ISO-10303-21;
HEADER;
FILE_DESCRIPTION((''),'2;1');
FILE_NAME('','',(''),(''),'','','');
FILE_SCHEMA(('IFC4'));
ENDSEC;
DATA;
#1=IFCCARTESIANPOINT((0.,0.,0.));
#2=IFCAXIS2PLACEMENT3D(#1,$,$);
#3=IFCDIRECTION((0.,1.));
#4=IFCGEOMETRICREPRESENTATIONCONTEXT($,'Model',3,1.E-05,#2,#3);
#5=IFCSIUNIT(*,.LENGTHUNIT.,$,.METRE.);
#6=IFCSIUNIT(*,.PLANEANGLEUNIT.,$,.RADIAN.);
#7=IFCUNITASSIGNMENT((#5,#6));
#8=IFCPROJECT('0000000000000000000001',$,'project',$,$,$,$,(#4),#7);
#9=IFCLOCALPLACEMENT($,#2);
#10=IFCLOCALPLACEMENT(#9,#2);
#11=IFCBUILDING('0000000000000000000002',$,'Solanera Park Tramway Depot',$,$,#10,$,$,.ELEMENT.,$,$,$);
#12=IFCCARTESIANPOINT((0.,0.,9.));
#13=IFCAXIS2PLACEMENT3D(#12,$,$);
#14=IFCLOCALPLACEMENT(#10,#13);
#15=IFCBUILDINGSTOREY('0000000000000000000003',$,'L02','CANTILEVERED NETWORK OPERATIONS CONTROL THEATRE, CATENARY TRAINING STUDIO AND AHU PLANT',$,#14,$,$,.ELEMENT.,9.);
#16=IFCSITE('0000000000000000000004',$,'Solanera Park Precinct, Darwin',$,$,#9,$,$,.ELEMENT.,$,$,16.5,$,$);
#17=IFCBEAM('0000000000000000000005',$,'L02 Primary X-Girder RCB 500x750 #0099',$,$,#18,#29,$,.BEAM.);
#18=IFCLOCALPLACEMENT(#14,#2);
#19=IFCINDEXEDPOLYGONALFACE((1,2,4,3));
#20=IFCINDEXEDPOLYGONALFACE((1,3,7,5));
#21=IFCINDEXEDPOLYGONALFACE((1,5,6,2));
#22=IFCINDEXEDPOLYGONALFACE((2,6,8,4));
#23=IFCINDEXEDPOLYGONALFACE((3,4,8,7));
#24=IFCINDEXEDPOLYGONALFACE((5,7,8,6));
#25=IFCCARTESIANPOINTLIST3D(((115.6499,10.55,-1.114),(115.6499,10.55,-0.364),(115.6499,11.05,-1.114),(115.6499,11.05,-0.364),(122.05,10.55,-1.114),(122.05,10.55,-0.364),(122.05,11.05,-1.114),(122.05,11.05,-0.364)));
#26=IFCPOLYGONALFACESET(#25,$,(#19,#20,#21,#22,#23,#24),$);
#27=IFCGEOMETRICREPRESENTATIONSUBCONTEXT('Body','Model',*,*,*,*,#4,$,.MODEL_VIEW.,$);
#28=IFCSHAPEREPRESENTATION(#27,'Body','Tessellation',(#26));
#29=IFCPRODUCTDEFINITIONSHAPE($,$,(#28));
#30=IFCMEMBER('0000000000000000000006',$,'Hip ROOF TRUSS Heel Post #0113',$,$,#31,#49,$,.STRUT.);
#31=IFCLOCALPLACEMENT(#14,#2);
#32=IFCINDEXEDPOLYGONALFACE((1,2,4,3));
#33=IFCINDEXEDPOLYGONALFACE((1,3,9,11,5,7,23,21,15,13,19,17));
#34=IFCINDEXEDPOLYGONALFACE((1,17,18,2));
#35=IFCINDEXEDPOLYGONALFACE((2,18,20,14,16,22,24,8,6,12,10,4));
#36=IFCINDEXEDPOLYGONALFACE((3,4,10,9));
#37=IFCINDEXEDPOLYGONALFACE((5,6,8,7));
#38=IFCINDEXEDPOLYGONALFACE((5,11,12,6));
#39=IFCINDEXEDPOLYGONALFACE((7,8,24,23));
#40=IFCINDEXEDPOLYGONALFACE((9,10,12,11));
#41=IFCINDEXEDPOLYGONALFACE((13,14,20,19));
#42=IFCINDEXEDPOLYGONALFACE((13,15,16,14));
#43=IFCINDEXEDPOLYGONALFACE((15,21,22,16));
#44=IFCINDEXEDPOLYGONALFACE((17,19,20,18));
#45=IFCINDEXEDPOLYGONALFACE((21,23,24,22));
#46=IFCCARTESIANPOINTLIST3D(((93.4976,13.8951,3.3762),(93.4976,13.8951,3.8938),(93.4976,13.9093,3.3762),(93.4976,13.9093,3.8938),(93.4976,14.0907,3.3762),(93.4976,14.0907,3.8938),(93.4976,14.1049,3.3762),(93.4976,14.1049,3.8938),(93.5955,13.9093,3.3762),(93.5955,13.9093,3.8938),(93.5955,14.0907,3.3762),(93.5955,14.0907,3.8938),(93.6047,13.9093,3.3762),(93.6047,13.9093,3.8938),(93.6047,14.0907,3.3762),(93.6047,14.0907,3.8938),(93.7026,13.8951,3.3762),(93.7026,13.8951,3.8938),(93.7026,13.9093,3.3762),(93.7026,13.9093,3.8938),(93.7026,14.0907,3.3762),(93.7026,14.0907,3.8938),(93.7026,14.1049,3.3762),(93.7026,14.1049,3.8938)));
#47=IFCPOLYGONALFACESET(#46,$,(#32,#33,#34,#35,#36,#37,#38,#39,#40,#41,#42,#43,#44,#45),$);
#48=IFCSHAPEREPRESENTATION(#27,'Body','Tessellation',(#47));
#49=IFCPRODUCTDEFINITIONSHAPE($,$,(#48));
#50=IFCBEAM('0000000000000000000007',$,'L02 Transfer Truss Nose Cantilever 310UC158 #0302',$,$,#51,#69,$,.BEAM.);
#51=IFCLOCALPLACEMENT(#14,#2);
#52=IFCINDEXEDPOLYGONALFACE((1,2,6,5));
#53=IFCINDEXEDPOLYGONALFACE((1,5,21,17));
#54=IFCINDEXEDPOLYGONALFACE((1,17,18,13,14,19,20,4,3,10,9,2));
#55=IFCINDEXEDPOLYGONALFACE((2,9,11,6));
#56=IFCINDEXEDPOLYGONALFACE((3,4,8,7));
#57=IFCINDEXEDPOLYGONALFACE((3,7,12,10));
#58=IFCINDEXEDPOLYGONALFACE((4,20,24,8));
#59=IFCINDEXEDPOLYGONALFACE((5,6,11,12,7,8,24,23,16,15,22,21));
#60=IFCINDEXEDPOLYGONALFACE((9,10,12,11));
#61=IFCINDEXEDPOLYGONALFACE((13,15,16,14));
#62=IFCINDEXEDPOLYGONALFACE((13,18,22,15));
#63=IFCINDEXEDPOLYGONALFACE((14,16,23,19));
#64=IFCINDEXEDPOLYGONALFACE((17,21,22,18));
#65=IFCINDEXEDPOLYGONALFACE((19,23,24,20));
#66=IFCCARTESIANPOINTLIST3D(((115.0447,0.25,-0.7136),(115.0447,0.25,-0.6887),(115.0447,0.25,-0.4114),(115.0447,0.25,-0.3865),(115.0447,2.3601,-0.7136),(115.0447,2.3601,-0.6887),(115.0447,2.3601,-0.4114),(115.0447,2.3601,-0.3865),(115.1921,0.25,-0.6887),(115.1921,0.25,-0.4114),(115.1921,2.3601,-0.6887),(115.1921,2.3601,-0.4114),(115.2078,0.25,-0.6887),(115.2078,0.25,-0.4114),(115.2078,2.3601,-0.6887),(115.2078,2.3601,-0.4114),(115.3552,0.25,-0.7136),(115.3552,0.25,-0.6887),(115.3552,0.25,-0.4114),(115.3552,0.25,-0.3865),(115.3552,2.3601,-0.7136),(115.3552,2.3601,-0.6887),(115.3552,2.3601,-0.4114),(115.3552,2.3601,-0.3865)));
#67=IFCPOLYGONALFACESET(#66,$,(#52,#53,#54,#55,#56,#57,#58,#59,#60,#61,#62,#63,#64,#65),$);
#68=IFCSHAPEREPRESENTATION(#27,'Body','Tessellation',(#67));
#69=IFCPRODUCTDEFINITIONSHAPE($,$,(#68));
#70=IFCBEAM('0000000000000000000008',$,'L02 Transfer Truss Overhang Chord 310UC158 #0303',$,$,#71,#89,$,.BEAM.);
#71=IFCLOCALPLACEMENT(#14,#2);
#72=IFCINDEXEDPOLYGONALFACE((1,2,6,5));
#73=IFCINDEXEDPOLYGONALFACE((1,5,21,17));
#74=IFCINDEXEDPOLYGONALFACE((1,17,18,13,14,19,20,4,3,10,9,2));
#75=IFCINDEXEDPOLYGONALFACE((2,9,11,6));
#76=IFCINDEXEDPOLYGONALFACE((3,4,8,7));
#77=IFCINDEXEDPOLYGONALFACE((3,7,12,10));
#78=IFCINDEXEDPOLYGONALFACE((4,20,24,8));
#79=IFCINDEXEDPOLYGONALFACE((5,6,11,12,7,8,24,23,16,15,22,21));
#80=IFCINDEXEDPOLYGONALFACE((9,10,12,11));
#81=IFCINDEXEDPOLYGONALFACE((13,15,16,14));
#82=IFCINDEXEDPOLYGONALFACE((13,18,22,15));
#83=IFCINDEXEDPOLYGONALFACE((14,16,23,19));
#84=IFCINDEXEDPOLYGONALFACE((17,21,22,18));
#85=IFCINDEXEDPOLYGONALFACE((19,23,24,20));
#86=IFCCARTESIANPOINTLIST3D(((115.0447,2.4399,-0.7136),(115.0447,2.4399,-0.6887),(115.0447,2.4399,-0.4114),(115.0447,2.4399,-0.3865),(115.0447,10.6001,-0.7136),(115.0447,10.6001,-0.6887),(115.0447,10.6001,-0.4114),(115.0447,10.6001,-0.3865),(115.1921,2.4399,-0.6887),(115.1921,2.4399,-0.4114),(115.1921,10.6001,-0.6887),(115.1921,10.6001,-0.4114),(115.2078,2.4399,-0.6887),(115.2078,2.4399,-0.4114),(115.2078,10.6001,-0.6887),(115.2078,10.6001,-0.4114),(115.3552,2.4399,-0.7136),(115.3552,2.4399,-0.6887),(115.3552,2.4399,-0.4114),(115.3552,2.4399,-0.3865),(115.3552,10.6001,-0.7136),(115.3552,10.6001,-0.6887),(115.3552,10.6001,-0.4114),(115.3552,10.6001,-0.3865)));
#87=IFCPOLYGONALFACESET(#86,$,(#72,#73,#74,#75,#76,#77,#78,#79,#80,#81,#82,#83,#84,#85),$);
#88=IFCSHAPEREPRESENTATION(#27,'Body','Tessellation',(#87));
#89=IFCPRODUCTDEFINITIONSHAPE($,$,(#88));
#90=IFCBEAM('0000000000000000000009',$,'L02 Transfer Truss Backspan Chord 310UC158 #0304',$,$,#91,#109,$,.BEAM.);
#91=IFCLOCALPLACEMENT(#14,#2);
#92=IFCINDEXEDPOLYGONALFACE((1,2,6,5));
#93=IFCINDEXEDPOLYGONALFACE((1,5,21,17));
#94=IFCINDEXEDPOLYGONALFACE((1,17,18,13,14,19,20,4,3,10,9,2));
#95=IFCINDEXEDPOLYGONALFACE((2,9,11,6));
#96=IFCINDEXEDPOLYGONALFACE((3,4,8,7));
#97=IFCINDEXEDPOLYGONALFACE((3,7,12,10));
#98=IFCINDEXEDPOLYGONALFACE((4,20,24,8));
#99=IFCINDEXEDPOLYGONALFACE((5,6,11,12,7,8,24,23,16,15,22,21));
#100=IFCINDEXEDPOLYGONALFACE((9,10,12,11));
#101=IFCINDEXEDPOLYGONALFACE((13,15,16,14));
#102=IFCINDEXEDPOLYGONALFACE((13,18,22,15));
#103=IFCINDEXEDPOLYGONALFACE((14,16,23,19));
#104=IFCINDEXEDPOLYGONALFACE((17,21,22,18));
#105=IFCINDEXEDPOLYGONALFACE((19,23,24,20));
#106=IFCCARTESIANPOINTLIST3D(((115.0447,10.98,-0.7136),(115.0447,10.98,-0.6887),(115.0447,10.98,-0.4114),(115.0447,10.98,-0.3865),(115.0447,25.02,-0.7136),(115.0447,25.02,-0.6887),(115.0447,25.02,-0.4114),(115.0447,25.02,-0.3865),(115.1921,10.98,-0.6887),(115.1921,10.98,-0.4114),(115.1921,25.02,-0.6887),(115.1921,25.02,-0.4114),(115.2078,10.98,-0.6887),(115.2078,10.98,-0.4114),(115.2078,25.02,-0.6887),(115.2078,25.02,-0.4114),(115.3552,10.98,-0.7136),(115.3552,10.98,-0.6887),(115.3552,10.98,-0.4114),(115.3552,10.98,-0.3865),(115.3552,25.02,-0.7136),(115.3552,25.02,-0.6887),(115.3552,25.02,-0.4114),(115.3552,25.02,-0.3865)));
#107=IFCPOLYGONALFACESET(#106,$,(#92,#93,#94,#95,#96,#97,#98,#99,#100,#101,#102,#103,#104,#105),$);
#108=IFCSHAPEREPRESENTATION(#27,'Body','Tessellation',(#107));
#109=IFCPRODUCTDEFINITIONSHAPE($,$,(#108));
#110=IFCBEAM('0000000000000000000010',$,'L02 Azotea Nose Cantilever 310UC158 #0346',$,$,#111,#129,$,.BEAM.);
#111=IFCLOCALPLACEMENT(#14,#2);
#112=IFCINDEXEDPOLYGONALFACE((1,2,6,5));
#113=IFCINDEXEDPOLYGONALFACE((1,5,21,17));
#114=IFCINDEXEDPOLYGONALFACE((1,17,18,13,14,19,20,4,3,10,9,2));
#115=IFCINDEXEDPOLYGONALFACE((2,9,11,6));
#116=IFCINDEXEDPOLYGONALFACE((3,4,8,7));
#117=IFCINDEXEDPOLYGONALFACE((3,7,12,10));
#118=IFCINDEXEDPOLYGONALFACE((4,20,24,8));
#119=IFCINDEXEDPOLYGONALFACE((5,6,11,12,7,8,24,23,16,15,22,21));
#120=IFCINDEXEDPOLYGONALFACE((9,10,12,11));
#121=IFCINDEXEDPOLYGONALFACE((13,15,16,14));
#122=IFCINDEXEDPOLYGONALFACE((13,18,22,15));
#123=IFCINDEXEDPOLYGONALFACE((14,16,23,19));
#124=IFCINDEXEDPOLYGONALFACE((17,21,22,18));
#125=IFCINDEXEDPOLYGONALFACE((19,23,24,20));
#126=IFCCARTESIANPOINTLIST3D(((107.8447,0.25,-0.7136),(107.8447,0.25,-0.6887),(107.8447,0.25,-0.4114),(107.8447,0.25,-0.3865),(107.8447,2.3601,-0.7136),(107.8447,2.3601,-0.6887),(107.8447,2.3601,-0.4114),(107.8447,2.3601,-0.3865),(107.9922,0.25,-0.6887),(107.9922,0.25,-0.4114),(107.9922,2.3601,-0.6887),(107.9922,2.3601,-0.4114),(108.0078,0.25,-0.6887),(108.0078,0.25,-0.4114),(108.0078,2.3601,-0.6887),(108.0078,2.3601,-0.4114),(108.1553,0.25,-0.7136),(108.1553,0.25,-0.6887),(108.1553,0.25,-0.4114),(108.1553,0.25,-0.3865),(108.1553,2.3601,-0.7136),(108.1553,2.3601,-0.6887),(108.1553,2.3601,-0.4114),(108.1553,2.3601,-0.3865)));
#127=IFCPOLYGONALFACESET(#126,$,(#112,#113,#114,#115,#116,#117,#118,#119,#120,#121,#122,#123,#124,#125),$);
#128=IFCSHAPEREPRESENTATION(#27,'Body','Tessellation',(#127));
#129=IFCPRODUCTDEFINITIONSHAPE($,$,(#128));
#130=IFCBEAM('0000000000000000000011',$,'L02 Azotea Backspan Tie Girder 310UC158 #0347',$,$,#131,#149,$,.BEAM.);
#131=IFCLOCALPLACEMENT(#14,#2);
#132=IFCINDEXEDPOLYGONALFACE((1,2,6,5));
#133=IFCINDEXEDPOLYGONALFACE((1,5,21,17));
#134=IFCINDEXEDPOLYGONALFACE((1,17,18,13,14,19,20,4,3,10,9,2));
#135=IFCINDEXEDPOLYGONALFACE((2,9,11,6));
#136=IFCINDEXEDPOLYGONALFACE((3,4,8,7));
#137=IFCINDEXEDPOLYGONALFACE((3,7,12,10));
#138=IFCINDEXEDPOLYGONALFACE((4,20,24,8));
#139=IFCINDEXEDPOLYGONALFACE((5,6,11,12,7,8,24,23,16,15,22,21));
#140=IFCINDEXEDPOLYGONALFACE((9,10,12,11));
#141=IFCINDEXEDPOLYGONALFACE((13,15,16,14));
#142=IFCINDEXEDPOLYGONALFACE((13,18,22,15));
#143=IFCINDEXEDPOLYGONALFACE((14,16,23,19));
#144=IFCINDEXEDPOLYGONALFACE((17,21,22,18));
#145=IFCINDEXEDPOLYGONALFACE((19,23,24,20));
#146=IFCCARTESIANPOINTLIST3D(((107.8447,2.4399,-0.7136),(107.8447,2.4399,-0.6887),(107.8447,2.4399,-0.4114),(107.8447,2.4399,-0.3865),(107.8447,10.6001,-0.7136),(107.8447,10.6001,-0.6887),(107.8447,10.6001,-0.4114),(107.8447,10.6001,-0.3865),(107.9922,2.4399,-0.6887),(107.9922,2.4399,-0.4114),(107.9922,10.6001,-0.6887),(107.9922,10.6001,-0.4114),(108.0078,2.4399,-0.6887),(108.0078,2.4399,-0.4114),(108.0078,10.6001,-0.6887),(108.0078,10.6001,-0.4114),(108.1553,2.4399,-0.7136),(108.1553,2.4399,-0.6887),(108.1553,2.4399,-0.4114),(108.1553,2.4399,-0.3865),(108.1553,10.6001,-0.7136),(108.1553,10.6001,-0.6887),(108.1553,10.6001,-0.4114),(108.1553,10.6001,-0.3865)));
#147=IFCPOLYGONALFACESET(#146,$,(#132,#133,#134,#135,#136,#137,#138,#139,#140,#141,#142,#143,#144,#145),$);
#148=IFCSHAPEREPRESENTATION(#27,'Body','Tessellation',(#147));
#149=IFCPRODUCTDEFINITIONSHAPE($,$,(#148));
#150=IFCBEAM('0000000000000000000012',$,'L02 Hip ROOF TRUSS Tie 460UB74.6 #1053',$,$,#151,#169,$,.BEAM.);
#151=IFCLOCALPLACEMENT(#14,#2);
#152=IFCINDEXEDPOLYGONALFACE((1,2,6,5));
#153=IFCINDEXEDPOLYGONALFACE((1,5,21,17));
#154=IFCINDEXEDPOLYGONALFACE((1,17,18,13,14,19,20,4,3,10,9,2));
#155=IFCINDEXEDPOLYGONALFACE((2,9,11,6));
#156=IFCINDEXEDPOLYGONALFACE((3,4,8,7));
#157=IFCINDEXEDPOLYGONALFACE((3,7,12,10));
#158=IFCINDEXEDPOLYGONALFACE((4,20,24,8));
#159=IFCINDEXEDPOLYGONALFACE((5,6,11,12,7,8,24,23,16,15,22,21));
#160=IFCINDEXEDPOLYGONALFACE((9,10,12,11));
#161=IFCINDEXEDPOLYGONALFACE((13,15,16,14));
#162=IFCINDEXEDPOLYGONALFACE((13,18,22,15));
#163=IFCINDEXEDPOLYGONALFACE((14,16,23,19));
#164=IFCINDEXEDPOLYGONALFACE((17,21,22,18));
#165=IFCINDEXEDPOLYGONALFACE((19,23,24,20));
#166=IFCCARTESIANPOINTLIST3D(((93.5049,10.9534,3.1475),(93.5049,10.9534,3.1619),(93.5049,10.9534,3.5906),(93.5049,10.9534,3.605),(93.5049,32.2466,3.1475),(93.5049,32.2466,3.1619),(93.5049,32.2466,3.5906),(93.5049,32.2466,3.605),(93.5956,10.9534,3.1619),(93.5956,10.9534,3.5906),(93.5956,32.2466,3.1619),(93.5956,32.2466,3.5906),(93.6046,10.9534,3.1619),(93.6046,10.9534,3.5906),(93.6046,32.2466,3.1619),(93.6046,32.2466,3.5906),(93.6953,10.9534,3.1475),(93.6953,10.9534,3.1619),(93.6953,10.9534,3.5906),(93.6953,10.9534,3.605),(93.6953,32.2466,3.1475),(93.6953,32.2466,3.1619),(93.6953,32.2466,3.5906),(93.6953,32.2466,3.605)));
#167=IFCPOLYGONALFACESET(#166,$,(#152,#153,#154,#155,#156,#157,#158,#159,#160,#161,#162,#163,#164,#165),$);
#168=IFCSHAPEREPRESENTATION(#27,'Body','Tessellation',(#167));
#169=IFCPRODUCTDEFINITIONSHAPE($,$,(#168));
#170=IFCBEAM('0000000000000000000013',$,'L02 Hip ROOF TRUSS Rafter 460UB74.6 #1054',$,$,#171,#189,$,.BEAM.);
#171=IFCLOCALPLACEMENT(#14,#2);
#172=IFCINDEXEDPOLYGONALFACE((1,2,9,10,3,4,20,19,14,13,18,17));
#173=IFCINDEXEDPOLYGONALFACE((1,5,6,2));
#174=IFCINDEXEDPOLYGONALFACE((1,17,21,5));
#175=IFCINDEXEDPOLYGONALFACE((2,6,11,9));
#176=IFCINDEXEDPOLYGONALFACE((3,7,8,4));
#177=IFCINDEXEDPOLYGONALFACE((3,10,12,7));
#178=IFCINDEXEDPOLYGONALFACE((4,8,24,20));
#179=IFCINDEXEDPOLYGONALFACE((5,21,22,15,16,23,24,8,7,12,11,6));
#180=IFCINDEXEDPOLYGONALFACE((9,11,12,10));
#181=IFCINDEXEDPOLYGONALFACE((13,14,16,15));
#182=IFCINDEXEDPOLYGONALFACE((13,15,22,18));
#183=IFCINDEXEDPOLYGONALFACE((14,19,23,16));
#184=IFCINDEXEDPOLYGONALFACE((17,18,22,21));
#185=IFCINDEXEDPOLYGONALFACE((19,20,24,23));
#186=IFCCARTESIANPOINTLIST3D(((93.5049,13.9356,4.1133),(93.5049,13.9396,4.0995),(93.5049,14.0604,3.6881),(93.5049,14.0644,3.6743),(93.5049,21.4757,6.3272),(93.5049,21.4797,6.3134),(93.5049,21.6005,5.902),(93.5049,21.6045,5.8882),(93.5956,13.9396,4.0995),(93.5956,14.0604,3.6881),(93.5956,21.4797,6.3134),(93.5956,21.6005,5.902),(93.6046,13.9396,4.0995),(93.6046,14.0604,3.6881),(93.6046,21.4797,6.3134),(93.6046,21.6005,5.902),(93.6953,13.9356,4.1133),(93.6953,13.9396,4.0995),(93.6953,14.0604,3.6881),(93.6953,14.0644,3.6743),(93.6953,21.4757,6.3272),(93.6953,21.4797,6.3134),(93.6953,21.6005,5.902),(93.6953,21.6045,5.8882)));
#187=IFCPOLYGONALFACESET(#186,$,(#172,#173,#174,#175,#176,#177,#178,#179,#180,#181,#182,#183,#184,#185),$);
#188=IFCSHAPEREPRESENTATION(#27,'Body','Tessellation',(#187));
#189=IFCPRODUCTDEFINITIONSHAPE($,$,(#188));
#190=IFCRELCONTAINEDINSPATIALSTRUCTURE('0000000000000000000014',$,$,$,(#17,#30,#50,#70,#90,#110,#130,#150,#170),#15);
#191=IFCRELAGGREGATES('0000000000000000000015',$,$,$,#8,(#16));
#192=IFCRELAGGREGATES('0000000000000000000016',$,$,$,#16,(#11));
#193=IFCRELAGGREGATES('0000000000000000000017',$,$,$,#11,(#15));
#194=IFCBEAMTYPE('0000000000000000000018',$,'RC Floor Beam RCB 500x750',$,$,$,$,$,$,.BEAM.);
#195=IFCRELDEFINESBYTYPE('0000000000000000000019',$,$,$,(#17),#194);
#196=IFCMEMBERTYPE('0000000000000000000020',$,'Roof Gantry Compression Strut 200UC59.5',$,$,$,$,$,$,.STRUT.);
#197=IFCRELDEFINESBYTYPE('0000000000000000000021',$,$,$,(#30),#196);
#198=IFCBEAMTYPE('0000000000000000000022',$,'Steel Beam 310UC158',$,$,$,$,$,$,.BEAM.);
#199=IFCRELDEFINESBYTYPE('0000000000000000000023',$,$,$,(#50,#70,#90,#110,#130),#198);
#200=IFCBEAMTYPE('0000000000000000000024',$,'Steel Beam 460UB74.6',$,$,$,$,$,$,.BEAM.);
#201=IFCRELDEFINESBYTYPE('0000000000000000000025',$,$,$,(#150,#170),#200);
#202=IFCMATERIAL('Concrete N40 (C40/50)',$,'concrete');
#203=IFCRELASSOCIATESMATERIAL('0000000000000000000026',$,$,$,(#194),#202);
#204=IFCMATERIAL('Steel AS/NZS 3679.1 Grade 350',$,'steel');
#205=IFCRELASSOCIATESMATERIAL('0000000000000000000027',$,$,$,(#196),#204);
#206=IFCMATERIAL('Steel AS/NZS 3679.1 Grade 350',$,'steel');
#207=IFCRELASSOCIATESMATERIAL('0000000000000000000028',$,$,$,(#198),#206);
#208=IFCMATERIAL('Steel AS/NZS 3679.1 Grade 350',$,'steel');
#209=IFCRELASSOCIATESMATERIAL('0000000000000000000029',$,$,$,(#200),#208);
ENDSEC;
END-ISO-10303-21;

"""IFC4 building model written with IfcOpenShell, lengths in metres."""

from ifc_helpers import new_model, si_unit, direction, frame, origin, origin_2d, place, context, subcontext, project, spatial, rectangle, i_section, extrude, material, material_profile, profile_set, type_object, element, save


model = new_model("IFC4")

# Units and contexts
model_context = context("Model", 3, precision=1e-05, world=origin(), true_north=direction((0.0, 1.0)))
body_context = subcontext(model_context, "Body", "Model", "MODEL_VIEW")
ifc_project = project(units=[si_unit("LENGTHUNIT", "METRE"), si_unit("PLANEANGLEUNIT", "RADIAN")], contexts=[model_context])

# Site, building, storey
site_placement = place(None, origin())
site = spatial("IfcSite", under=ifc_project, at=site_placement, Name="Solanera Park Precinct, Darwin", CompositionType="ELEMENT", RefElevation=16.5)
building_placement = place(site_placement, origin())
building = spatial("IfcBuilding", under=site, at=building_placement, Name="Solanera Park Tramway Depot", CompositionType="ELEMENT")
storey_placement = place(building_placement, frame((0.0, 0.0, 9.0)))
storey = spatial("IfcBuildingStorey", under=building, at=storey_placement, Name="L02", Description="CANTILEVERED NETWORK OPERATIONS CONTROL THEATRE, CATENARY TRAINING STUDIO AND AHU PLANT", CompositionType="ELEMENT", Elevation=9.0)

# Beam
ifc_material_1 = material(Name="Concrete N40 (C40/50)", Category="concrete")
ifc_material_profile_1 = material_profile(ifc_material_1, rectangle(XDim=0.5, YDim=0.75, at=origin_2d()), Name="RCB 500x750")
ifc_profile_set_1 = profile_set([ifc_material_profile_1], Name="Concrete N40 (C40/50)")
beam_type_1 = type_object("IfcBeamType", Name="RC Floor Beam RCB 500x750", PredefinedType="BEAM", material=ifc_profile_set_1)
beam_1_placement = place(storey_placement, frame((115.6499, 10.8, -0.739), z_axis=(1.0, 0.0, 0.0), x_axis=(0.0, 1.0, 0.0)))
element("IfcBeam", 1, at=beam_1_placement, inside=storey, type_object=beam_type_1, Name="L02 Primary X-Girder RCB 500x750 #0099", PredefinedType="BEAM", context=body_context, shape_type="SweptSolid", body=[
    extrude(rectangle(XDim=0.5, YDim=0.75, at=origin_2d()), origin(), (0.0, 0.0, 1.0), 6.4001),
])

# Member
ifc_material_2 = material(Name="Steel AS/NZS 3679.1 Grade 350", Category="steel")
ifc_material_profile_2 = material_profile(ifc_material_2, i_section(OverallWidth=0.2051, OverallDepth=0.2097, WebThickness=0.0093, FlangeThickness=0.0142, at=origin_2d()), Name="200UC59.5")
ifc_profile_set_2 = profile_set([ifc_material_profile_2], Name="Steel AS/NZS 3679.1 Grade 350")
member_type_1 = type_object("IfcMemberType", Name="Roof Gantry Compression Strut 200UC59.5", PredefinedType="STRUT", material=ifc_profile_set_2)
member_1_placement = place(storey_placement, frame((93.6001, 14.0, 3.3762), z_axis=(0.0, 0.0, 1.0), x_axis=(1.0, 0.0, 0.0)))
element("IfcMember", 2, at=member_1_placement, inside=storey, type_object=member_type_1, Name="Hip ROOF TRUSS Heel Post #0113", PredefinedType="STRUT", context=body_context, shape_type="SweptSolid", body=[
    extrude(i_section(OverallWidth=0.2051, OverallDepth=0.2097, WebThickness=0.0093, FlangeThickness=0.0142, at=origin_2d()), origin(), (0.0, 0.0, 1.0), 0.5176),
])

# Beams
ifc_material_3 = material(Name="Steel AS/NZS 3679.1 Grade 350", Category="steel")
ifc_material_profile_3 = material_profile(ifc_material_3, i_section(OverallWidth=0.3105, OverallDepth=0.3271, WebThickness=0.0156, FlangeThickness=0.0249, at=origin_2d()), Name="310UC158")
ifc_profile_set_3 = profile_set([ifc_material_profile_3], Name="Steel AS/NZS 3679.1 Grade 350")
beam_type_2 = type_object("IfcBeamType", Name="Steel Beam 310UC158", PredefinedType="BEAM", material=ifc_profile_set_3)
beam_2_placement = place(storey_placement, frame((115.2, 0.25, -0.55), z_axis=(0.0, 1.0, 0.0), x_axis=(-1.0, 0.0, 0.0)))
element("IfcBeam", 3, at=beam_2_placement, inside=storey, type_object=beam_type_2, Name="L02 Transfer Truss Nose Cantilever 310UC158 #0302", PredefinedType="BEAM", context=body_context, shape_type="SweptSolid", body=[
    extrude(i_section(OverallWidth=0.3105, OverallDepth=0.3271, WebThickness=0.0156, FlangeThickness=0.0249, at=origin_2d()), origin(), (0.0, 0.0, 1.0), 2.1101),
])
beam_3_placement = place(storey_placement, frame((115.2, 2.4399, -0.55), z_axis=(0.0, 1.0, 0.0), x_axis=(-1.0, 0.0, 0.0)))
element("IfcBeam", 4, at=beam_3_placement, inside=storey, type_object=beam_type_2, Name="L02 Transfer Truss Overhang Chord 310UC158 #0303", PredefinedType="BEAM", context=body_context, shape_type="SweptSolid", body=[
    extrude(i_section(OverallWidth=0.3105, OverallDepth=0.3271, WebThickness=0.0156, FlangeThickness=0.0249, at=origin_2d()), origin(), (0.0, 0.0, 1.0), 8.1602),
])
beam_4_placement = place(storey_placement, frame((115.2, 10.98, -0.55), z_axis=(0.0, 1.0, 0.0), x_axis=(-1.0, 0.0, 0.0)))
element("IfcBeam", 5, at=beam_4_placement, inside=storey, type_object=beam_type_2, Name="L02 Transfer Truss Backspan Chord 310UC158 #0304", PredefinedType="BEAM", context=body_context, shape_type="SweptSolid", body=[
    extrude(i_section(OverallWidth=0.3105, OverallDepth=0.3271, WebThickness=0.0156, FlangeThickness=0.0249, at=origin_2d()), origin(), (0.0, 0.0, 1.0), 14.04),
])
beam_5_placement = place(storey_placement, frame((108.0, 0.25, -0.55), z_axis=(0.0, 1.0, 0.0), x_axis=(-1.0, 0.0, 0.0)))
element("IfcBeam", 6, at=beam_5_placement, inside=storey, type_object=beam_type_2, Name="L02 Azotea Nose Cantilever 310UC158 #0346", PredefinedType="BEAM", context=body_context, shape_type="SweptSolid", body=[
    extrude(i_section(OverallWidth=0.3105, OverallDepth=0.3271, WebThickness=0.0156, FlangeThickness=0.0249, at=origin_2d()), origin(), (0.0, 0.0, 1.0), 2.1101),
])
beam_6_placement = place(storey_placement, frame((108.0, 2.4399, -0.55), z_axis=(0.0, 1.0, 0.0), x_axis=(-1.0, 0.0, 0.0)))
element("IfcBeam", 7, at=beam_6_placement, inside=storey, type_object=beam_type_2, Name="L02 Azotea Backspan Tie Girder 310UC158 #0347", PredefinedType="BEAM", context=body_context, shape_type="SweptSolid", body=[
    extrude(i_section(OverallWidth=0.3105, OverallDepth=0.3271, WebThickness=0.0156, FlangeThickness=0.0249, at=origin_2d()), origin(), (0.0, 0.0, 1.0), 8.1602),
])
ifc_material_4 = material(Name="Steel AS/NZS 3679.1 Grade 350", Category="steel")
ifc_material_profile_4 = material_profile(ifc_material_4, i_section(OverallWidth=0.1904, OverallDepth=0.4575, WebThickness=0.009, FlangeThickness=0.0144, at=origin_2d()), Name="460UB74.6")
ifc_profile_set_4 = profile_set([ifc_material_profile_4], Name="Steel AS/NZS 3679.1 Grade 350")
beam_type_3 = type_object("IfcBeamType", Name="Steel Beam 460UB74.6", PredefinedType="BEAM", material=ifc_profile_set_4)
beam_7_placement = place(storey_placement, frame((93.6001, 10.9534, 3.3762), z_axis=(0.0, 1.0, 0.0), x_axis=(-1.0, 0.0, 0.0)))
element("IfcBeam", 8, at=beam_7_placement, inside=storey, type_object=beam_type_3, Name="L02 Hip ROOF TRUSS Tie 460UB74.6 #1053", PredefinedType="BEAM", context=body_context, shape_type="SweptSolid", body=[
    extrude(i_section(OverallWidth=0.1904, OverallDepth=0.4575, WebThickness=0.009, FlangeThickness=0.0144, at=origin_2d()), origin(), (0.0, 0.0, 1.0), 21.2932),
])
beam_8_placement = place(storey_placement, frame((93.6001, 14.0, 3.8938), z_axis=(0.0, 0.959496, 0.281722), x_axis=(-1.0, 0.0, 0.0)))
element("IfcBeam", 9, at=beam_8_placement, inside=storey, type_object=beam_type_3, Name="L02 Hip ROOF TRUSS Rafter 460UB74.6 #1054", PredefinedType="BEAM", context=body_context, shape_type="SweptSolid", body=[
    extrude(i_section(OverallWidth=0.1904, OverallDepth=0.4575, WebThickness=0.009, FlangeThickness=0.0144, at=origin_2d()), origin(), (0.0, 0.0, 1.0), 7.8584),
])

save(model, "model.ifc")
